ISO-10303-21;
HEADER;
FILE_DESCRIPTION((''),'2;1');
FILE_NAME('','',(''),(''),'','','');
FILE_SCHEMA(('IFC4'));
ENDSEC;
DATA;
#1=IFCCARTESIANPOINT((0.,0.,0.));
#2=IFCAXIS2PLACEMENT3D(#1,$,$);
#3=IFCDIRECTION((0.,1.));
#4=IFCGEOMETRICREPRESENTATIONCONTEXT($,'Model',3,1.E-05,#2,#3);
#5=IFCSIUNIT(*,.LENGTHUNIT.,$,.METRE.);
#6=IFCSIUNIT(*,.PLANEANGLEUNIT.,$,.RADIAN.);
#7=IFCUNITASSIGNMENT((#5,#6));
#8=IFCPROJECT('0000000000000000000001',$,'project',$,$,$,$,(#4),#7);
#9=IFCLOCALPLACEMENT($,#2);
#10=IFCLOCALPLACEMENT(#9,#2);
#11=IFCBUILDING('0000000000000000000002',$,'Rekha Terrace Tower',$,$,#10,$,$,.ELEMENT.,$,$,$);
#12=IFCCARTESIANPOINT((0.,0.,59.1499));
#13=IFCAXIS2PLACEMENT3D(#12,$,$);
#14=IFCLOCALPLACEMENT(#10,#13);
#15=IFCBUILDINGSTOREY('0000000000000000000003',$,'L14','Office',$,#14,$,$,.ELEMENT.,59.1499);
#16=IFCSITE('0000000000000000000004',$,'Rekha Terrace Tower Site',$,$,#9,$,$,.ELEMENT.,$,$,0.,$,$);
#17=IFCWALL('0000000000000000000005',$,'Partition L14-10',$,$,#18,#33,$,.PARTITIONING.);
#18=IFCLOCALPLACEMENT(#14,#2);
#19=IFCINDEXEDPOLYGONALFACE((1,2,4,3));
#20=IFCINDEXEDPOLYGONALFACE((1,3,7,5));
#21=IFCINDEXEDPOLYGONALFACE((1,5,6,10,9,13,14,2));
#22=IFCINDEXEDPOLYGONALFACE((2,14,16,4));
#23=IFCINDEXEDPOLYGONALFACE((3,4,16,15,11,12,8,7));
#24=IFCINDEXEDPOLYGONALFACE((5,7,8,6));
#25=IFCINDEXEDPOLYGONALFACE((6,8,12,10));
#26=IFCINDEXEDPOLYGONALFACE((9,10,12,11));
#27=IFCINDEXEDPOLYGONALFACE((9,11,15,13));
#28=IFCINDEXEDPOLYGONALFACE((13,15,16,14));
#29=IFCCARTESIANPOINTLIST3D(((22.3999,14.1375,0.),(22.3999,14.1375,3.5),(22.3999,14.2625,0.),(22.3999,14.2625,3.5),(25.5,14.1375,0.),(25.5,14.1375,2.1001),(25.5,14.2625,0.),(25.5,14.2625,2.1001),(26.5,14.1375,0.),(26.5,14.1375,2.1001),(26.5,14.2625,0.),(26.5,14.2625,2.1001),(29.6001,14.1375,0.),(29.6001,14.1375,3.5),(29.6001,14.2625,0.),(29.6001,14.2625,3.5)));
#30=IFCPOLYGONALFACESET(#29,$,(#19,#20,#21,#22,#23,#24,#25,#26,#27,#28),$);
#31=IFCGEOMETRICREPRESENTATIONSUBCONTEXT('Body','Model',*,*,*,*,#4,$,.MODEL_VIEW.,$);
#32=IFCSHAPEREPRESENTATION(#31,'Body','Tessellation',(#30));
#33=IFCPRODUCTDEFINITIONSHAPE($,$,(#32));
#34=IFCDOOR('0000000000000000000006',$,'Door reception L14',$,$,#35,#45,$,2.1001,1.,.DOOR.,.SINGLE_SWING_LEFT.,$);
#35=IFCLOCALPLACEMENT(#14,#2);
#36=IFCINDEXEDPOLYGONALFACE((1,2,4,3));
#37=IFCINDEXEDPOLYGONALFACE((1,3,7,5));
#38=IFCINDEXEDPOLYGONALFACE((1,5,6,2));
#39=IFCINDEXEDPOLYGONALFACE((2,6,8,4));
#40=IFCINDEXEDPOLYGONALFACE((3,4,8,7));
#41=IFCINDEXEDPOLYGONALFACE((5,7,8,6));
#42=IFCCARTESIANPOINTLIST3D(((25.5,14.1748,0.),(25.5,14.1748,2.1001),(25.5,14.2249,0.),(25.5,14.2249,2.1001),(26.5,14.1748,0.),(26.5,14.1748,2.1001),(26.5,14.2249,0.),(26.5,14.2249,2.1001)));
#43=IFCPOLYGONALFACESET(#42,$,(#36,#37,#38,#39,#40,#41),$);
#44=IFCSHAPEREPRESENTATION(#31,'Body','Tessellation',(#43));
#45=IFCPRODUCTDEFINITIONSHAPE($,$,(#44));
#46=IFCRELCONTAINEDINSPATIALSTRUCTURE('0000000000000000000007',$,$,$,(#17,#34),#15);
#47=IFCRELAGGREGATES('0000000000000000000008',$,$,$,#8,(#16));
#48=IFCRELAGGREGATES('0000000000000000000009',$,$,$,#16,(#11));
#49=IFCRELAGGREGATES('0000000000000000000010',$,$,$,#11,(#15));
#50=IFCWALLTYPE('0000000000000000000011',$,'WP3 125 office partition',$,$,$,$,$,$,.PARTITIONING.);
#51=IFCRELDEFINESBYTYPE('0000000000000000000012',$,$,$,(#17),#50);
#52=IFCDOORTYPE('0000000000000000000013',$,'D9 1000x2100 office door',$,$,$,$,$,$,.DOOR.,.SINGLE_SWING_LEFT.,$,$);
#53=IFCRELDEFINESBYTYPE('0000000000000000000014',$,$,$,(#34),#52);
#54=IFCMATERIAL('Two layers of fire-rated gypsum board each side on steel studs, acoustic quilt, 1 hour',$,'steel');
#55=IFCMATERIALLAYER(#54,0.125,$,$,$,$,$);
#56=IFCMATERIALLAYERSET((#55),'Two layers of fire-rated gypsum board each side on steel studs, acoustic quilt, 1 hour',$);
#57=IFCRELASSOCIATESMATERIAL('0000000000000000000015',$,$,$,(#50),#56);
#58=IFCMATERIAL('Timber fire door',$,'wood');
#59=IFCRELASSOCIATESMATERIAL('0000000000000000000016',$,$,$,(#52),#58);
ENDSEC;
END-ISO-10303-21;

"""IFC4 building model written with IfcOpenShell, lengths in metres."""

from ifc_helpers import new_model, si_unit, direction, frame, frame_2d, origin, place, context, subcontext, project, spatial, rectangle, extrude, material, layer, layer_set, type_object, element, fill, save


model = new_model("IFC4")

# Units and contexts
model_context = context("Model", 3, precision=1e-05, world=origin(), true_north=direction((0.0, 1.0)))
body_context = subcontext(model_context, "Body", "Model", "MODEL_VIEW")
ifc_project = project(units=[si_unit("LENGTHUNIT", "METRE"), si_unit("PLANEANGLEUNIT", "RADIAN")], contexts=[model_context])

# Site, building, storey
site_placement = place(None, origin())
site = spatial("IfcSite", under=ifc_project, at=site_placement, Name="Rekha Terrace Tower Site", CompositionType="ELEMENT", RefElevation=0.0)
building_placement = place(site_placement, origin())
building = spatial("IfcBuilding", under=site, at=building_placement, Name="Rekha Terrace Tower", CompositionType="ELEMENT")
storey_placement = place(building_placement, frame((0.0, 0.0, 59.1499)))
storey = spatial("IfcBuildingStorey", under=building, at=storey_placement, Name="L14", Description="Office", CompositionType="ELEMENT", Elevation=59.1499)

# Shared definitions
ifc_material_1 = material(Name="Two layers of fire-rated gypsum board each side on steel studs, acoustic quilt, 1 hour", Category="steel")
ifc_layer_1 = layer(ifc_material_1, 0.125)
ifc_layer_set_1 = layer_set([ifc_layer_1], Name="Two layers of fire-rated gypsum board each side on steel studs, acoustic quilt, 1 hour")
wall_type_1 = type_object("IfcWallType", Name="WP3 125 office partition", PredefinedType="PARTITIONING", material=ifc_layer_set_1)

# Shared definitions
ifc_material_2 = material(Name="Timber fire door", Category="wood")

# Wall, opening, door
wall_1_placement = place(storey_placement, frame((22.3999, 14.2, 0.0), z_axis=(0.0, 0.0, 1.0), x_axis=(1.0, 0.0, 0.0)))
wall_1 = element("IfcWall", 1, at=wall_1_placement, inside=storey, type_object=wall_type_1, Name="Partition L14-10", PredefinedType="PARTITIONING", context=body_context, shape_type="SweptSolid", body=[
    extrude(rectangle(XDim=7.2002, YDim=0.125, at=frame_2d((3.6001, 0.0))), origin(), (0.0, 0.0, 1.0), 3.5),
])
opening_1_placement = place(wall_1_placement, frame((3.1001, 0.0, 0.0)))
opening_1 = element("IfcOpeningElement", 2, at=opening_1_placement, cuts=wall_1, PredefinedType="OPENING", context=body_context, shape_type="SweptSolid", body=[
    extrude(rectangle(XDim=1.0, YDim=2.1001, at=frame_2d((0.5, 1.05))), frame((0.0, 0.0725, 0.0), z_axis=(0.0, -1.0, 0.0), x_axis=(1.0, 0.0, 0.0)), (0.0, 0.0, 1.0), 0.145),
])
door_type_1 = type_object("IfcDoorType", Name="D9 1000x2100 office door", OperationType="SINGLE_SWING_LEFT", PredefinedType="DOOR", material=ifc_material_2)
door_1_placement = place(opening_1_placement, origin())
door_1 = element("IfcDoor", 3, at=door_1_placement, inside=storey, type_object=door_type_1, Name="Door reception L14", OperationType="SINGLE_SWING_LEFT", OverallHeight=2.1001, OverallWidth=1.0, PredefinedType="DOOR", context=body_context, shape_type="SweptSolid", body=[
    extrude(rectangle(XDim=1.0, YDim=2.1001, at=frame_2d((0.5, 1.05))), frame((0.0, 0.0249, 0.0), z_axis=(0.0, -1.0, 0.0), x_axis=(1.0, 0.0, 0.0)), (0.0, 0.0, 1.0), 0.05),
])
fill(opening_1, door_1)

save(model, "model.ifc")
